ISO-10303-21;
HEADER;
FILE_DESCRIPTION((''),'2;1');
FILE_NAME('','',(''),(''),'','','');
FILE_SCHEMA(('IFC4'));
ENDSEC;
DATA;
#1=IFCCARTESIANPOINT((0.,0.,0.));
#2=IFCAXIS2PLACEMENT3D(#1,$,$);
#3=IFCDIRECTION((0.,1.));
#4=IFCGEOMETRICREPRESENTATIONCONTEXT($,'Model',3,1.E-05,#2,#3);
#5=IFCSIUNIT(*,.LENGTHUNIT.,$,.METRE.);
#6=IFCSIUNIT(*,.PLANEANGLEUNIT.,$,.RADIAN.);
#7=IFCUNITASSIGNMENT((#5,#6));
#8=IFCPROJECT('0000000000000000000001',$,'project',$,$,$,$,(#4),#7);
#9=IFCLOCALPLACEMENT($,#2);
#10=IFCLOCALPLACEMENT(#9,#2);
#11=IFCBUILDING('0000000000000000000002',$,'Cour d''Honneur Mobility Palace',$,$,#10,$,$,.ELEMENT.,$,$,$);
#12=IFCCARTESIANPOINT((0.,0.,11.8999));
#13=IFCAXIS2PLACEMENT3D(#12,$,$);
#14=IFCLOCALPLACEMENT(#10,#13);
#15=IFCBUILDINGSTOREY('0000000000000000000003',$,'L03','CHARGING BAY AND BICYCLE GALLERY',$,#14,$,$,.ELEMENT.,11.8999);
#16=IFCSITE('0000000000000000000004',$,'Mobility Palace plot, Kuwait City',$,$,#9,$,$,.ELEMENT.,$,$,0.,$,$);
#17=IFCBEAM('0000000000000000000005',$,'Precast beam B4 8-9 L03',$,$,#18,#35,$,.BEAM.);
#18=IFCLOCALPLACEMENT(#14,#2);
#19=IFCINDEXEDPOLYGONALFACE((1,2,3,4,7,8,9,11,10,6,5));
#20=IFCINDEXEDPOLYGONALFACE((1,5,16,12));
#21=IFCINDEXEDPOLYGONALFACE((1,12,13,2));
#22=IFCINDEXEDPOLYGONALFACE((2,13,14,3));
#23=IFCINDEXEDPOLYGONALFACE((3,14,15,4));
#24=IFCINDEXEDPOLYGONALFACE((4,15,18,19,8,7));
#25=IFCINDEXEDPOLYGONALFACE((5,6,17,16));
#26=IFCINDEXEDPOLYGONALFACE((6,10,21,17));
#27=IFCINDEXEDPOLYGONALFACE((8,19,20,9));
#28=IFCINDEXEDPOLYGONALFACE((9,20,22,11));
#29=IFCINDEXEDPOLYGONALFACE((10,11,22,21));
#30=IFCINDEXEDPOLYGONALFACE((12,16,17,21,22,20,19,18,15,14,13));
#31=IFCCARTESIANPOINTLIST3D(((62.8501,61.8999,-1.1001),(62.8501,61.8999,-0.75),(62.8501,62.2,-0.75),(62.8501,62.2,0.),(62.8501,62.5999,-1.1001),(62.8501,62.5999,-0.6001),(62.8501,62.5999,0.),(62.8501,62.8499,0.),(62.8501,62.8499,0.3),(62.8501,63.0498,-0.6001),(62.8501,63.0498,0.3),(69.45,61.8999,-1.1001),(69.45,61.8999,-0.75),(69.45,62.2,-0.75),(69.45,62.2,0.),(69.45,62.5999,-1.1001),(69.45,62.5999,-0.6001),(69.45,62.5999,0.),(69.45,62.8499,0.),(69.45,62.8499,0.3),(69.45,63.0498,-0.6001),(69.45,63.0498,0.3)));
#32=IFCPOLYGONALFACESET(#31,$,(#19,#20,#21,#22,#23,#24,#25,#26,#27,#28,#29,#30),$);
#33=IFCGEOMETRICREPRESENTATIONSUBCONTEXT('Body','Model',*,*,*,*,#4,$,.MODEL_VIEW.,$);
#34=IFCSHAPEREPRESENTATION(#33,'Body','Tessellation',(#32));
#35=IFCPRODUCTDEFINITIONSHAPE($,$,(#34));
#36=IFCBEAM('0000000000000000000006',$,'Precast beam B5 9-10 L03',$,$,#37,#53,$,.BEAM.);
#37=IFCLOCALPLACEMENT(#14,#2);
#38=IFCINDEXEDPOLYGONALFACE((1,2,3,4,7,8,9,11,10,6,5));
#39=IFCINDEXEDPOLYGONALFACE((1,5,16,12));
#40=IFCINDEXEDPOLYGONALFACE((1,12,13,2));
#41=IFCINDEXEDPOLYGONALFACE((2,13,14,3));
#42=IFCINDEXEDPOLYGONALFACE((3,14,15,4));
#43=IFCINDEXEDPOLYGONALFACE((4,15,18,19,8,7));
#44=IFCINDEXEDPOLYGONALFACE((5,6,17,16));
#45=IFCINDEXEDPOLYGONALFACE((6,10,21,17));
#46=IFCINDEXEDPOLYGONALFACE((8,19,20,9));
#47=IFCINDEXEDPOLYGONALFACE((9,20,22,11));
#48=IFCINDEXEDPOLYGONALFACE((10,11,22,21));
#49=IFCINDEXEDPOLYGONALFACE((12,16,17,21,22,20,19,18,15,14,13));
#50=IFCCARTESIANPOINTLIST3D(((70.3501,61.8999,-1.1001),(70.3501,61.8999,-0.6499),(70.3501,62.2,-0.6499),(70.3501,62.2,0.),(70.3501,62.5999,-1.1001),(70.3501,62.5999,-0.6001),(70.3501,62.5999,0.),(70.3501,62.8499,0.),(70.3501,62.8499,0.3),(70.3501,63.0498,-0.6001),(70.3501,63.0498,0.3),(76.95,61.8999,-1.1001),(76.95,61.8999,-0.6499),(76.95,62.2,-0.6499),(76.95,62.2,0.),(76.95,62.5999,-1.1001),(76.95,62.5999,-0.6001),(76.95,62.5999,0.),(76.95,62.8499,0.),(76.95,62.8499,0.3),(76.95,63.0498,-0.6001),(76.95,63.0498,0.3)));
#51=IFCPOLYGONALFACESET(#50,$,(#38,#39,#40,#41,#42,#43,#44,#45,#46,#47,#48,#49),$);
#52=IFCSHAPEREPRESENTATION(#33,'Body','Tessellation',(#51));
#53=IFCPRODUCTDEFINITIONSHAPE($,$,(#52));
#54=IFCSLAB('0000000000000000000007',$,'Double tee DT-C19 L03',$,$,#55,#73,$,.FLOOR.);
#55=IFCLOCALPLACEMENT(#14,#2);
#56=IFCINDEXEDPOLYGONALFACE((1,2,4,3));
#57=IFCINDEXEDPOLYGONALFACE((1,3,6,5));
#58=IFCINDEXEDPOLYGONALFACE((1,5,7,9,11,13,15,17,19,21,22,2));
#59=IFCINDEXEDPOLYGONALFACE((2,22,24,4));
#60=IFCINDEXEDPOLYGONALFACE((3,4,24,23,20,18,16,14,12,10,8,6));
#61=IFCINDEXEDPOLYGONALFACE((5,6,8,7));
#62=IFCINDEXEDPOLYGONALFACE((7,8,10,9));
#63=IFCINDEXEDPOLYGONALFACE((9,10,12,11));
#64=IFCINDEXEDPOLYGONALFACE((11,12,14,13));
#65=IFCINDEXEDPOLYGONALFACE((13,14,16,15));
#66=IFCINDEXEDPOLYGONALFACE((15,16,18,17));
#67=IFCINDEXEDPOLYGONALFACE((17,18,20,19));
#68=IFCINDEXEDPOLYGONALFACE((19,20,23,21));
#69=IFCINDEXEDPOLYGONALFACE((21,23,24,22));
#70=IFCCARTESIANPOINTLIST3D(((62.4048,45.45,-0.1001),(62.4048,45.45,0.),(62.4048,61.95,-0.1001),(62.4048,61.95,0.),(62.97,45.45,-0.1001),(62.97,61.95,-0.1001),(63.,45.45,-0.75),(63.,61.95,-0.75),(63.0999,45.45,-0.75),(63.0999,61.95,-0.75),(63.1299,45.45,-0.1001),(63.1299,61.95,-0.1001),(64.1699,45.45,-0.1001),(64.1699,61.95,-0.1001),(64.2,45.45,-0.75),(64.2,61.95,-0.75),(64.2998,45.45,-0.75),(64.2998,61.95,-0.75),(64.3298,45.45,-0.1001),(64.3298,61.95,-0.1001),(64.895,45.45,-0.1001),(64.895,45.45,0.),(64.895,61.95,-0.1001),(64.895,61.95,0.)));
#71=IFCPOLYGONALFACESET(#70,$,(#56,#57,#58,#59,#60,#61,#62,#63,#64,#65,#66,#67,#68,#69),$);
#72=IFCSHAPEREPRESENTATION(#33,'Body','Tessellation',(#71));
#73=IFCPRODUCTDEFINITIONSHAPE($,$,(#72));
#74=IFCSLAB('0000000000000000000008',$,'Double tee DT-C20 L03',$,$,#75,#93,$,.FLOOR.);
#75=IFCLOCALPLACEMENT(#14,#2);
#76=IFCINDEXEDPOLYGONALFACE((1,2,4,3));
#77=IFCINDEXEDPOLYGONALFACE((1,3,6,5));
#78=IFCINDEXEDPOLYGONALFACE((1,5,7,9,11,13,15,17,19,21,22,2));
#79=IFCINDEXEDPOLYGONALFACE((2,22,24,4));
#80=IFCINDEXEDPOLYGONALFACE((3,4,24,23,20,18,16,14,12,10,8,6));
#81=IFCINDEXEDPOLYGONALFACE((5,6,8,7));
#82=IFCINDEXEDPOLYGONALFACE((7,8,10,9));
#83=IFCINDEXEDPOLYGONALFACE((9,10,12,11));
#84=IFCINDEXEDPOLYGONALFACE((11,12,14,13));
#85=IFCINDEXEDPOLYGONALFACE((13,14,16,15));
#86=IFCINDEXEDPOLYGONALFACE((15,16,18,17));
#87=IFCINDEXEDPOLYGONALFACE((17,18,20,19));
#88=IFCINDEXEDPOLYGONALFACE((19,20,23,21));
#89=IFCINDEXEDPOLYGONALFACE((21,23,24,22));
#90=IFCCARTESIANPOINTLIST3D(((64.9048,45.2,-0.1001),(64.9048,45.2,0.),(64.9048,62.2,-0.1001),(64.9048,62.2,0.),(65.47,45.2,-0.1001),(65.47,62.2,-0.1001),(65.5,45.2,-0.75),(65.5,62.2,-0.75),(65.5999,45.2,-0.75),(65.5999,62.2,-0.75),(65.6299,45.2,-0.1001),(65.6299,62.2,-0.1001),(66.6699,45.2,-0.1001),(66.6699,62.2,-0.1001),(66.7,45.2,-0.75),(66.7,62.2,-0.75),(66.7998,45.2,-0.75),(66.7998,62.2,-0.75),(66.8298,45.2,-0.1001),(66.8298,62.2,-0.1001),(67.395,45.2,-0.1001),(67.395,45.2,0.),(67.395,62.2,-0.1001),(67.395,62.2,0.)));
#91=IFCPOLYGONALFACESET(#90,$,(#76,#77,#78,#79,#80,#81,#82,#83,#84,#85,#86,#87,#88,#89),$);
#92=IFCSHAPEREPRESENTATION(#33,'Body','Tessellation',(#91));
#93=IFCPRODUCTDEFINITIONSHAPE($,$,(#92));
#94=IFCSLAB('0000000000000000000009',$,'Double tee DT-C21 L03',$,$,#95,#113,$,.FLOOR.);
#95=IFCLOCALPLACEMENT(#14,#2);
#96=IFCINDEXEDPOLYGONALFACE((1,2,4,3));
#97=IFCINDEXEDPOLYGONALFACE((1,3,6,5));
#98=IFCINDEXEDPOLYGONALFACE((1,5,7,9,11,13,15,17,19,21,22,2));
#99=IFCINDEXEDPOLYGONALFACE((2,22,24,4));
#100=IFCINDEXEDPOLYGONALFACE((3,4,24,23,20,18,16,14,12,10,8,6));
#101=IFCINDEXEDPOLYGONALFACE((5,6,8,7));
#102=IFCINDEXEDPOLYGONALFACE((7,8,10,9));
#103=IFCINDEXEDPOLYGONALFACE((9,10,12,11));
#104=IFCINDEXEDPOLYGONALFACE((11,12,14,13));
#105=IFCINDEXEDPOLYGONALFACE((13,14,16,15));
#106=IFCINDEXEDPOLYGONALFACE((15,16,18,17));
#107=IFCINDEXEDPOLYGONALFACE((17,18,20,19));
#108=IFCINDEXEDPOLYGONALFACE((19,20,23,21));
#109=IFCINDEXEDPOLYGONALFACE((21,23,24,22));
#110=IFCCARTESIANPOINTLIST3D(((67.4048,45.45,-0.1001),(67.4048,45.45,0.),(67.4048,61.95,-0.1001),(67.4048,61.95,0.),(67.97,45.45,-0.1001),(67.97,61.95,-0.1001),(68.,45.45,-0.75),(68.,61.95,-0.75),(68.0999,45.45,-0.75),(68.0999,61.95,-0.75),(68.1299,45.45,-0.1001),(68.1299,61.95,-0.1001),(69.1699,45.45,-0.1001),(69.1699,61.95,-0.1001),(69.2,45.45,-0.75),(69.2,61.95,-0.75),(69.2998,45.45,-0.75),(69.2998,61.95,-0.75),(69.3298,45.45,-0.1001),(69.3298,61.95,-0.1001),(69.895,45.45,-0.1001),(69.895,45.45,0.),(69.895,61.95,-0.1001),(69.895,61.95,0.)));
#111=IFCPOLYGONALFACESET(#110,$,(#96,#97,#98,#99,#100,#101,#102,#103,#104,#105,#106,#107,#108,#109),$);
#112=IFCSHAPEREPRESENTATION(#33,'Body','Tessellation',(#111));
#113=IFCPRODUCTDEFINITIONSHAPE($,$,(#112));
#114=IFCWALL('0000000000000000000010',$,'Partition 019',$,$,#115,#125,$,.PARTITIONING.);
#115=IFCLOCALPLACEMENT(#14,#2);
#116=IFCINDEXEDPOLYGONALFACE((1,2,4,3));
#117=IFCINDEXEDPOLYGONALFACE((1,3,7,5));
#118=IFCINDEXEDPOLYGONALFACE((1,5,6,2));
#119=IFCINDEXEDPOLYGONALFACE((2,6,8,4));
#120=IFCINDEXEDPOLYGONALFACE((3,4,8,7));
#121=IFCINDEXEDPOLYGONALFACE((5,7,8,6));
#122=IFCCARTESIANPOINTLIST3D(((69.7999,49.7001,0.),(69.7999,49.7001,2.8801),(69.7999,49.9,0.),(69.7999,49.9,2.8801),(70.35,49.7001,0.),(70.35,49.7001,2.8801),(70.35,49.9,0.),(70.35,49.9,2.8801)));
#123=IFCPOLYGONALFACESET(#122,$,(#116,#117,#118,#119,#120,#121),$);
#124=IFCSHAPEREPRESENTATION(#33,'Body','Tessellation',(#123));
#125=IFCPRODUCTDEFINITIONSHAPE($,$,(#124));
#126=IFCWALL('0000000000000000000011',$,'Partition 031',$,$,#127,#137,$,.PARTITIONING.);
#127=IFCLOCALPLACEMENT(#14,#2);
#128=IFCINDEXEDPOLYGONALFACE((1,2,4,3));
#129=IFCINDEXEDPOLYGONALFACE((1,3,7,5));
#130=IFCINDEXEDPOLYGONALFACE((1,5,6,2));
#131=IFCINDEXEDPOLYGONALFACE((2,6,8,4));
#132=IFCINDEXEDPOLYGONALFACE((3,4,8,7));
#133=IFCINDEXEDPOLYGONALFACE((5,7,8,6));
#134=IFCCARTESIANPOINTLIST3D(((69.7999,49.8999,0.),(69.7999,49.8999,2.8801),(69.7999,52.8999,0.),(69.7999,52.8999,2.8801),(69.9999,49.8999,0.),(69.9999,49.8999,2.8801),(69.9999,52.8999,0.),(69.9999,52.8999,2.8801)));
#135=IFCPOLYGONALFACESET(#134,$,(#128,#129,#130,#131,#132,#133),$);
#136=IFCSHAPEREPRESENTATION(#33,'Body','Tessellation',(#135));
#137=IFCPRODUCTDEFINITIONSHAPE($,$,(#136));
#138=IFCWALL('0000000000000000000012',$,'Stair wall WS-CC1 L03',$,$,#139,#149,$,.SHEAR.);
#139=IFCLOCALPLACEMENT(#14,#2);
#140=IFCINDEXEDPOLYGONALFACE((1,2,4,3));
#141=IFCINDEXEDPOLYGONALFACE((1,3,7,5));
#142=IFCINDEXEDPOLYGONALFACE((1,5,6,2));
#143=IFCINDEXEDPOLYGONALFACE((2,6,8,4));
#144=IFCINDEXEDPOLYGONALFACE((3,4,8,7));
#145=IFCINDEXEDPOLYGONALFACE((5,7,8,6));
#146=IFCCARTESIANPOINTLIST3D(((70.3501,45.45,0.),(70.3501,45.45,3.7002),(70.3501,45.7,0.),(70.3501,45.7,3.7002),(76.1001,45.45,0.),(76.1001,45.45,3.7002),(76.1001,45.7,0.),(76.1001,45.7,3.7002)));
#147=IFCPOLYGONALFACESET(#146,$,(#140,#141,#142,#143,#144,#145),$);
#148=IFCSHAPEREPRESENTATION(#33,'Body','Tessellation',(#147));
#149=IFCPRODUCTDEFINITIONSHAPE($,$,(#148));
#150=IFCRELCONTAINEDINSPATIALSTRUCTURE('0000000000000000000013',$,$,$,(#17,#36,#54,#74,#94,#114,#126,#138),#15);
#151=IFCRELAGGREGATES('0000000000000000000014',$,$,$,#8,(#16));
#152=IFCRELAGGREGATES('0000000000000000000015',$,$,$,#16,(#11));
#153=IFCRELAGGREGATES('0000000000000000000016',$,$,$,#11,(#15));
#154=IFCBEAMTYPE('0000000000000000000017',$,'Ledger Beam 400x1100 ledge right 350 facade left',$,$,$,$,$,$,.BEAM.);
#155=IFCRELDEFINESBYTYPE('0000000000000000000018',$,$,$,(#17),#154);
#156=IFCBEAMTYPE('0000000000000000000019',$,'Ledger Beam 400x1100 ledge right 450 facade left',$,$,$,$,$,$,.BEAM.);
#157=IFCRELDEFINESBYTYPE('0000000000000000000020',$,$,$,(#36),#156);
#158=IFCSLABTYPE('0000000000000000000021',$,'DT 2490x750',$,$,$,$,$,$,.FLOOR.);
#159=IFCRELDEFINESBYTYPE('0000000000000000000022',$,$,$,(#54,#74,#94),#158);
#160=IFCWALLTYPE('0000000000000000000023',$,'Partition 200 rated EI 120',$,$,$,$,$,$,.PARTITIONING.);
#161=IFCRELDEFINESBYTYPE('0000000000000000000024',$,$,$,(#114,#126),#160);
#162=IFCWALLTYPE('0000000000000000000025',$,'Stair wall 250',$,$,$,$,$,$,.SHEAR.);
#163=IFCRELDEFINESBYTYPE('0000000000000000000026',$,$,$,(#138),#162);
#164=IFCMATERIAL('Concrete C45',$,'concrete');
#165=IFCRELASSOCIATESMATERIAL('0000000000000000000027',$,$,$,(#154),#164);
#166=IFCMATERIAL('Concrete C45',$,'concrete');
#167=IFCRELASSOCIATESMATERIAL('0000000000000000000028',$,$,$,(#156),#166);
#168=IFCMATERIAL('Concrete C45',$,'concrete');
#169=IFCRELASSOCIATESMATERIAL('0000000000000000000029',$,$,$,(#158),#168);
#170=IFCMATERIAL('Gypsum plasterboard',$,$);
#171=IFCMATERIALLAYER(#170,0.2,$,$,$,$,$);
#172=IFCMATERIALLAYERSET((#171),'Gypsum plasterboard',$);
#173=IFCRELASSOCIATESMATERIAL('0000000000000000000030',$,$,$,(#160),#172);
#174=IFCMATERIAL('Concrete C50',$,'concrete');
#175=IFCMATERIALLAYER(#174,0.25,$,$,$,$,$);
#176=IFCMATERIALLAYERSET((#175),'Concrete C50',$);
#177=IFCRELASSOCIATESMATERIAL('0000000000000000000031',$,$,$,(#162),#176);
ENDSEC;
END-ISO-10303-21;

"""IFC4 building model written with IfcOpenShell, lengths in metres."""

from ifc_helpers import new_model, si_unit, direction, frame, frame_2d, origin, place, context, subcontext, project, spatial, polyline, rectangle, outline, extrude, material, layer, layer_set, material_profile, profile_set, type_object, element, save


model = new_model("IFC4")

# Units and contexts
model_context = context("Model", 3, precision=1e-05, world=origin(), true_north=direction((0.0, 1.0)))
body_context = subcontext(model_context, "Body", "Model", "MODEL_VIEW")
ifc_project = project(units=[si_unit("LENGTHUNIT", "METRE"), si_unit("PLANEANGLEUNIT", "RADIAN")], contexts=[model_context])

# Site, building, storey
site_placement = place(None, origin())
site = spatial("IfcSite", under=ifc_project, at=site_placement, Name="Mobility Palace plot, Kuwait City", CompositionType="ELEMENT", RefElevation=0.0)
building_placement = place(site_placement, origin())
building = spatial("IfcBuilding", under=site, at=building_placement, Name="Cour d'Honneur Mobility Palace", CompositionType="ELEMENT")
storey_placement = place(building_placement, frame((0.0, 0.0, 11.8999)))
storey = spatial("IfcBuildingStorey", under=building, at=storey_placement, Name="L03", Description="CHARGING BAY AND BICYCLE GALLERY", CompositionType="ELEMENT", Elevation=11.8999)

# Beams
ifc_material_1 = material(Name="Concrete C45", Category="concrete")
ifc_material_profile_1 = material_profile(ifc_material_1, outline(polyline([(0.2, -1.1001), (0.2, -0.6001), (0.6499, -0.6001), (0.6499, 0.3), (0.45, 0.3), (0.45, 0.0), (0.2, 0.0), (-0.2, 0.0), (-0.2, -0.75), (-0.5, -0.75), (-0.5, -1.1001), (0.2, -1.1001)])), Name="Ledger Beam 400x1100 ledge right 350 facade left")
ifc_profile_set_1 = profile_set([ifc_material_profile_1], Name="Concrete C45")
beam_type_1 = type_object("IfcBeamType", Name="Ledger Beam 400x1100 ledge right 350 facade left", PredefinedType="BEAM", material=ifc_profile_set_1)
beam_1_placement = place(storey_placement, frame((62.8501, 62.3999, 0.0), z_axis=(1.0, 0.0, 0.0), x_axis=(0.0, 1.0, 0.0)))
element("IfcBeam", 1, at=beam_1_placement, inside=storey, type_object=beam_type_1, Name="Precast beam B4 8-9 L03", PredefinedType="BEAM", context=body_context, shape_type="SweptSolid", body=[
    extrude(outline(polyline([(0.2, -1.1001), (0.2, -0.6001), (0.6499, -0.6001), (0.6499, 0.3), (0.45, 0.3), (0.45, 0.0), (0.2, 0.0), (-0.2, 0.0), (-0.2, -0.75), (-0.5, -0.75), (-0.5, -1.1001), (0.2, -1.1001)])), origin(), (0.0, 0.0, 1.0), 6.5999),
])
ifc_material_2 = material(Name="Concrete C45", Category="concrete")
ifc_material_profile_2 = material_profile(ifc_material_2, outline(polyline([(0.2, -1.1001), (0.2, -0.6001), (0.6499, -0.6001), (0.6499, 0.3), (0.45, 0.3), (0.45, 0.0), (0.2, 0.0), (-0.2, 0.0), (-0.2, -0.6499), (-0.5, -0.6499), (-0.5, -1.1001), (0.2, -1.1001)])), Name="Ledger Beam 400x1100 ledge right 450 facade left")
ifc_profile_set_2 = profile_set([ifc_material_profile_2], Name="Concrete C45")
beam_type_2 = type_object("IfcBeamType", Name="Ledger Beam 400x1100 ledge right 450 facade left", PredefinedType="BEAM", material=ifc_profile_set_2)
beam_2_placement = place(storey_placement, frame((70.3501, 62.3999, 0.0), z_axis=(1.0, 0.0, 0.0), x_axis=(0.0, 1.0, 0.0)))
element("IfcBeam", 2, at=beam_2_placement, inside=storey, type_object=beam_type_2, Name="Precast beam B5 9-10 L03", PredefinedType="BEAM", context=body_context, shape_type="SweptSolid", body=[
    extrude(outline(polyline([(0.2, -1.1001), (0.2, -0.6001), (0.6499, -0.6001), (0.6499, 0.3), (0.45, 0.3), (0.45, 0.0), (0.2, 0.0), (-0.2, 0.0), (-0.2, -0.6499), (-0.5, -0.6499), (-0.5, -1.1001), (0.2, -1.1001)])), origin(), (0.0, 0.0, 1.0), 6.5999),
])

# Slabs
ifc_material_3 = material(Name="Concrete C45", Category="concrete")
ifc_material_profile_3 = material_profile(ifc_material_3, outline(polyline([(-1.2451, 0.0), (1.2451, 0.0), (1.2451, -0.1001), (0.6799, -0.1001), (0.6499, -0.75), (0.55, -0.75), (0.52, -0.1001), (-0.52, -0.1001), (-0.55, -0.75), (-0.6499, -0.75), (-0.6799, -0.1001), (-1.2451, -0.1001), (-1.2451, 0.0)])), Name="DT 2490x750")
ifc_profile_set_3 = profile_set([ifc_material_profile_3], Name="Concrete C45")
slab_type = type_object("IfcSlabType", Name="DT 2490x750", PredefinedType="FLOOR", material=ifc_profile_set_3)
slab_1_placement = place(storey_placement, frame((63.6499, 45.45, 0.0), z_axis=(0.0, 1.0, 0.0), x_axis=(-1.0, 0.0, 0.0)))
element("IfcSlab", 3, at=slab_1_placement, inside=storey, type_object=slab_type, Name="Double tee DT-C19 L03", PredefinedType="FLOOR", context=body_context, shape_type="SweptSolid", body=[
    extrude(outline(polyline([(-1.2451, 0.0), (1.2451, 0.0), (1.2451, -0.1001), (0.6799, -0.1001), (0.6499, -0.75), (0.55, -0.75), (0.52, -0.1001), (-0.52, -0.1001), (-0.55, -0.75), (-0.6499, -0.75), (-0.6799, -0.1001), (-1.2451, -0.1001), (-1.2451, 0.0)])), origin(), (0.0, 0.0, 1.0), 16.5),
])
slab_2_placement = place(storey_placement, frame((66.1499, 45.2, 0.0), z_axis=(0.0, 1.0, 0.0), x_axis=(-1.0, 0.0, 0.0)))
element("IfcSlab", 4, at=slab_2_placement, inside=storey, type_object=slab_type, Name="Double tee DT-C20 L03", PredefinedType="FLOOR", context=body_context, shape_type="SweptSolid", body=[
    extrude(outline(polyline([(-1.2451, 0.0), (1.2451, 0.0), (1.2451, -0.1001), (0.6799, -0.1001), (0.6499, -0.75), (0.55, -0.75), (0.52, -0.1001), (-0.52, -0.1001), (-0.55, -0.75), (-0.6499, -0.75), (-0.6799, -0.1001), (-1.2451, -0.1001), (-1.2451, 0.0)])), origin(), (0.0, 0.0, 1.0), 17.0),
])
slab_3_placement = place(storey_placement, frame((68.6499, 45.45, 0.0), z_axis=(0.0, 1.0, 0.0), x_axis=(-1.0, 0.0, 0.0)))
element("IfcSlab", 5, at=slab_3_placement, inside=storey, type_object=slab_type, Name="Double tee DT-C21 L03", PredefinedType="FLOOR", context=body_context, shape_type="SweptSolid", body=[
    extrude(outline(polyline([(-1.2451, 0.0), (1.2451, 0.0), (1.2451, -0.1001), (0.6799, -0.1001), (0.6499, -0.75), (0.55, -0.75), (0.52, -0.1001), (-0.52, -0.1001), (-0.55, -0.75), (-0.6499, -0.75), (-0.6799, -0.1001), (-1.2451, -0.1001), (-1.2451, 0.0)])), origin(), (0.0, 0.0, 1.0), 16.5),
])

# Walls
ifc_material_4 = material(Name="Gypsum plasterboard")
ifc_layer_1 = layer(ifc_material_4, 0.2)
ifc_layer_set_1 = layer_set([ifc_layer_1], Name="Gypsum plasterboard")
wall_type_1 = type_object("IfcWallType", Name="Partition 200 rated EI 120", PredefinedType="PARTITIONING", material=ifc_layer_set_1)
wall_1_placement = place(storey_placement, frame((69.8, 49.8, 0.0), z_axis=(0.0, 0.0, 1.0), x_axis=(1.0, 0.0, 0.0)))
element("IfcWall", 6, at=wall_1_placement, inside=storey, type_object=wall_type_1, Name="Partition 019", PredefinedType="PARTITIONING", context=body_context, shape_type="SweptSolid", body=[
    extrude(rectangle(XDim=0.55, YDim=0.2, at=frame_2d((0.2749, 0.0))), origin(), (0.0, 0.0, 1.0), 2.8801),
])
wall_2_placement = place(storey_placement, frame((69.8999, 52.8999, 0.0), z_axis=(0.0, 0.0, 1.0), x_axis=(0.0, -1.0, 0.0)))
element("IfcWall", 7, at=wall_2_placement, inside=storey, type_object=wall_type_1, Name="Partition 031", PredefinedType="PARTITIONING", context=body_context, shape_type="SweptSolid", body=[
    extrude(rectangle(XDim=3.0, YDim=0.2, at=frame_2d((1.5, 0.0))), origin(), (0.0, 0.0, 1.0), 2.8801),
])
ifc_material_5 = material(Name="Concrete C50", Category="concrete")
ifc_layer_2 = layer(ifc_material_5, 0.25)
ifc_layer_set_2 = layer_set([ifc_layer_2], Name="Concrete C50")
wall_type_2 = type_object("IfcWallType", Name="Stair wall 250", PredefinedType="SHEAR", material=ifc_layer_set_2)
wall_3_placement = place(storey_placement, frame((70.3501, 45.575, 0.0), z_axis=(0.0, 0.0, 1.0), x_axis=(1.0, 0.0, 0.0)))
element("IfcWall", 8, at=wall_3_placement, inside=storey, type_object=wall_type_2, Name="Stair wall WS-CC1 L03", PredefinedType="SHEAR", context=body_context, shape_type="SweptSolid", body=[
    extrude(rectangle(XDim=5.75, YDim=0.25, at=frame_2d((2.875, 0.0))), origin(), (0.0, 0.0, 1.0), 3.7002),
])

save(model, "model.ifc")
